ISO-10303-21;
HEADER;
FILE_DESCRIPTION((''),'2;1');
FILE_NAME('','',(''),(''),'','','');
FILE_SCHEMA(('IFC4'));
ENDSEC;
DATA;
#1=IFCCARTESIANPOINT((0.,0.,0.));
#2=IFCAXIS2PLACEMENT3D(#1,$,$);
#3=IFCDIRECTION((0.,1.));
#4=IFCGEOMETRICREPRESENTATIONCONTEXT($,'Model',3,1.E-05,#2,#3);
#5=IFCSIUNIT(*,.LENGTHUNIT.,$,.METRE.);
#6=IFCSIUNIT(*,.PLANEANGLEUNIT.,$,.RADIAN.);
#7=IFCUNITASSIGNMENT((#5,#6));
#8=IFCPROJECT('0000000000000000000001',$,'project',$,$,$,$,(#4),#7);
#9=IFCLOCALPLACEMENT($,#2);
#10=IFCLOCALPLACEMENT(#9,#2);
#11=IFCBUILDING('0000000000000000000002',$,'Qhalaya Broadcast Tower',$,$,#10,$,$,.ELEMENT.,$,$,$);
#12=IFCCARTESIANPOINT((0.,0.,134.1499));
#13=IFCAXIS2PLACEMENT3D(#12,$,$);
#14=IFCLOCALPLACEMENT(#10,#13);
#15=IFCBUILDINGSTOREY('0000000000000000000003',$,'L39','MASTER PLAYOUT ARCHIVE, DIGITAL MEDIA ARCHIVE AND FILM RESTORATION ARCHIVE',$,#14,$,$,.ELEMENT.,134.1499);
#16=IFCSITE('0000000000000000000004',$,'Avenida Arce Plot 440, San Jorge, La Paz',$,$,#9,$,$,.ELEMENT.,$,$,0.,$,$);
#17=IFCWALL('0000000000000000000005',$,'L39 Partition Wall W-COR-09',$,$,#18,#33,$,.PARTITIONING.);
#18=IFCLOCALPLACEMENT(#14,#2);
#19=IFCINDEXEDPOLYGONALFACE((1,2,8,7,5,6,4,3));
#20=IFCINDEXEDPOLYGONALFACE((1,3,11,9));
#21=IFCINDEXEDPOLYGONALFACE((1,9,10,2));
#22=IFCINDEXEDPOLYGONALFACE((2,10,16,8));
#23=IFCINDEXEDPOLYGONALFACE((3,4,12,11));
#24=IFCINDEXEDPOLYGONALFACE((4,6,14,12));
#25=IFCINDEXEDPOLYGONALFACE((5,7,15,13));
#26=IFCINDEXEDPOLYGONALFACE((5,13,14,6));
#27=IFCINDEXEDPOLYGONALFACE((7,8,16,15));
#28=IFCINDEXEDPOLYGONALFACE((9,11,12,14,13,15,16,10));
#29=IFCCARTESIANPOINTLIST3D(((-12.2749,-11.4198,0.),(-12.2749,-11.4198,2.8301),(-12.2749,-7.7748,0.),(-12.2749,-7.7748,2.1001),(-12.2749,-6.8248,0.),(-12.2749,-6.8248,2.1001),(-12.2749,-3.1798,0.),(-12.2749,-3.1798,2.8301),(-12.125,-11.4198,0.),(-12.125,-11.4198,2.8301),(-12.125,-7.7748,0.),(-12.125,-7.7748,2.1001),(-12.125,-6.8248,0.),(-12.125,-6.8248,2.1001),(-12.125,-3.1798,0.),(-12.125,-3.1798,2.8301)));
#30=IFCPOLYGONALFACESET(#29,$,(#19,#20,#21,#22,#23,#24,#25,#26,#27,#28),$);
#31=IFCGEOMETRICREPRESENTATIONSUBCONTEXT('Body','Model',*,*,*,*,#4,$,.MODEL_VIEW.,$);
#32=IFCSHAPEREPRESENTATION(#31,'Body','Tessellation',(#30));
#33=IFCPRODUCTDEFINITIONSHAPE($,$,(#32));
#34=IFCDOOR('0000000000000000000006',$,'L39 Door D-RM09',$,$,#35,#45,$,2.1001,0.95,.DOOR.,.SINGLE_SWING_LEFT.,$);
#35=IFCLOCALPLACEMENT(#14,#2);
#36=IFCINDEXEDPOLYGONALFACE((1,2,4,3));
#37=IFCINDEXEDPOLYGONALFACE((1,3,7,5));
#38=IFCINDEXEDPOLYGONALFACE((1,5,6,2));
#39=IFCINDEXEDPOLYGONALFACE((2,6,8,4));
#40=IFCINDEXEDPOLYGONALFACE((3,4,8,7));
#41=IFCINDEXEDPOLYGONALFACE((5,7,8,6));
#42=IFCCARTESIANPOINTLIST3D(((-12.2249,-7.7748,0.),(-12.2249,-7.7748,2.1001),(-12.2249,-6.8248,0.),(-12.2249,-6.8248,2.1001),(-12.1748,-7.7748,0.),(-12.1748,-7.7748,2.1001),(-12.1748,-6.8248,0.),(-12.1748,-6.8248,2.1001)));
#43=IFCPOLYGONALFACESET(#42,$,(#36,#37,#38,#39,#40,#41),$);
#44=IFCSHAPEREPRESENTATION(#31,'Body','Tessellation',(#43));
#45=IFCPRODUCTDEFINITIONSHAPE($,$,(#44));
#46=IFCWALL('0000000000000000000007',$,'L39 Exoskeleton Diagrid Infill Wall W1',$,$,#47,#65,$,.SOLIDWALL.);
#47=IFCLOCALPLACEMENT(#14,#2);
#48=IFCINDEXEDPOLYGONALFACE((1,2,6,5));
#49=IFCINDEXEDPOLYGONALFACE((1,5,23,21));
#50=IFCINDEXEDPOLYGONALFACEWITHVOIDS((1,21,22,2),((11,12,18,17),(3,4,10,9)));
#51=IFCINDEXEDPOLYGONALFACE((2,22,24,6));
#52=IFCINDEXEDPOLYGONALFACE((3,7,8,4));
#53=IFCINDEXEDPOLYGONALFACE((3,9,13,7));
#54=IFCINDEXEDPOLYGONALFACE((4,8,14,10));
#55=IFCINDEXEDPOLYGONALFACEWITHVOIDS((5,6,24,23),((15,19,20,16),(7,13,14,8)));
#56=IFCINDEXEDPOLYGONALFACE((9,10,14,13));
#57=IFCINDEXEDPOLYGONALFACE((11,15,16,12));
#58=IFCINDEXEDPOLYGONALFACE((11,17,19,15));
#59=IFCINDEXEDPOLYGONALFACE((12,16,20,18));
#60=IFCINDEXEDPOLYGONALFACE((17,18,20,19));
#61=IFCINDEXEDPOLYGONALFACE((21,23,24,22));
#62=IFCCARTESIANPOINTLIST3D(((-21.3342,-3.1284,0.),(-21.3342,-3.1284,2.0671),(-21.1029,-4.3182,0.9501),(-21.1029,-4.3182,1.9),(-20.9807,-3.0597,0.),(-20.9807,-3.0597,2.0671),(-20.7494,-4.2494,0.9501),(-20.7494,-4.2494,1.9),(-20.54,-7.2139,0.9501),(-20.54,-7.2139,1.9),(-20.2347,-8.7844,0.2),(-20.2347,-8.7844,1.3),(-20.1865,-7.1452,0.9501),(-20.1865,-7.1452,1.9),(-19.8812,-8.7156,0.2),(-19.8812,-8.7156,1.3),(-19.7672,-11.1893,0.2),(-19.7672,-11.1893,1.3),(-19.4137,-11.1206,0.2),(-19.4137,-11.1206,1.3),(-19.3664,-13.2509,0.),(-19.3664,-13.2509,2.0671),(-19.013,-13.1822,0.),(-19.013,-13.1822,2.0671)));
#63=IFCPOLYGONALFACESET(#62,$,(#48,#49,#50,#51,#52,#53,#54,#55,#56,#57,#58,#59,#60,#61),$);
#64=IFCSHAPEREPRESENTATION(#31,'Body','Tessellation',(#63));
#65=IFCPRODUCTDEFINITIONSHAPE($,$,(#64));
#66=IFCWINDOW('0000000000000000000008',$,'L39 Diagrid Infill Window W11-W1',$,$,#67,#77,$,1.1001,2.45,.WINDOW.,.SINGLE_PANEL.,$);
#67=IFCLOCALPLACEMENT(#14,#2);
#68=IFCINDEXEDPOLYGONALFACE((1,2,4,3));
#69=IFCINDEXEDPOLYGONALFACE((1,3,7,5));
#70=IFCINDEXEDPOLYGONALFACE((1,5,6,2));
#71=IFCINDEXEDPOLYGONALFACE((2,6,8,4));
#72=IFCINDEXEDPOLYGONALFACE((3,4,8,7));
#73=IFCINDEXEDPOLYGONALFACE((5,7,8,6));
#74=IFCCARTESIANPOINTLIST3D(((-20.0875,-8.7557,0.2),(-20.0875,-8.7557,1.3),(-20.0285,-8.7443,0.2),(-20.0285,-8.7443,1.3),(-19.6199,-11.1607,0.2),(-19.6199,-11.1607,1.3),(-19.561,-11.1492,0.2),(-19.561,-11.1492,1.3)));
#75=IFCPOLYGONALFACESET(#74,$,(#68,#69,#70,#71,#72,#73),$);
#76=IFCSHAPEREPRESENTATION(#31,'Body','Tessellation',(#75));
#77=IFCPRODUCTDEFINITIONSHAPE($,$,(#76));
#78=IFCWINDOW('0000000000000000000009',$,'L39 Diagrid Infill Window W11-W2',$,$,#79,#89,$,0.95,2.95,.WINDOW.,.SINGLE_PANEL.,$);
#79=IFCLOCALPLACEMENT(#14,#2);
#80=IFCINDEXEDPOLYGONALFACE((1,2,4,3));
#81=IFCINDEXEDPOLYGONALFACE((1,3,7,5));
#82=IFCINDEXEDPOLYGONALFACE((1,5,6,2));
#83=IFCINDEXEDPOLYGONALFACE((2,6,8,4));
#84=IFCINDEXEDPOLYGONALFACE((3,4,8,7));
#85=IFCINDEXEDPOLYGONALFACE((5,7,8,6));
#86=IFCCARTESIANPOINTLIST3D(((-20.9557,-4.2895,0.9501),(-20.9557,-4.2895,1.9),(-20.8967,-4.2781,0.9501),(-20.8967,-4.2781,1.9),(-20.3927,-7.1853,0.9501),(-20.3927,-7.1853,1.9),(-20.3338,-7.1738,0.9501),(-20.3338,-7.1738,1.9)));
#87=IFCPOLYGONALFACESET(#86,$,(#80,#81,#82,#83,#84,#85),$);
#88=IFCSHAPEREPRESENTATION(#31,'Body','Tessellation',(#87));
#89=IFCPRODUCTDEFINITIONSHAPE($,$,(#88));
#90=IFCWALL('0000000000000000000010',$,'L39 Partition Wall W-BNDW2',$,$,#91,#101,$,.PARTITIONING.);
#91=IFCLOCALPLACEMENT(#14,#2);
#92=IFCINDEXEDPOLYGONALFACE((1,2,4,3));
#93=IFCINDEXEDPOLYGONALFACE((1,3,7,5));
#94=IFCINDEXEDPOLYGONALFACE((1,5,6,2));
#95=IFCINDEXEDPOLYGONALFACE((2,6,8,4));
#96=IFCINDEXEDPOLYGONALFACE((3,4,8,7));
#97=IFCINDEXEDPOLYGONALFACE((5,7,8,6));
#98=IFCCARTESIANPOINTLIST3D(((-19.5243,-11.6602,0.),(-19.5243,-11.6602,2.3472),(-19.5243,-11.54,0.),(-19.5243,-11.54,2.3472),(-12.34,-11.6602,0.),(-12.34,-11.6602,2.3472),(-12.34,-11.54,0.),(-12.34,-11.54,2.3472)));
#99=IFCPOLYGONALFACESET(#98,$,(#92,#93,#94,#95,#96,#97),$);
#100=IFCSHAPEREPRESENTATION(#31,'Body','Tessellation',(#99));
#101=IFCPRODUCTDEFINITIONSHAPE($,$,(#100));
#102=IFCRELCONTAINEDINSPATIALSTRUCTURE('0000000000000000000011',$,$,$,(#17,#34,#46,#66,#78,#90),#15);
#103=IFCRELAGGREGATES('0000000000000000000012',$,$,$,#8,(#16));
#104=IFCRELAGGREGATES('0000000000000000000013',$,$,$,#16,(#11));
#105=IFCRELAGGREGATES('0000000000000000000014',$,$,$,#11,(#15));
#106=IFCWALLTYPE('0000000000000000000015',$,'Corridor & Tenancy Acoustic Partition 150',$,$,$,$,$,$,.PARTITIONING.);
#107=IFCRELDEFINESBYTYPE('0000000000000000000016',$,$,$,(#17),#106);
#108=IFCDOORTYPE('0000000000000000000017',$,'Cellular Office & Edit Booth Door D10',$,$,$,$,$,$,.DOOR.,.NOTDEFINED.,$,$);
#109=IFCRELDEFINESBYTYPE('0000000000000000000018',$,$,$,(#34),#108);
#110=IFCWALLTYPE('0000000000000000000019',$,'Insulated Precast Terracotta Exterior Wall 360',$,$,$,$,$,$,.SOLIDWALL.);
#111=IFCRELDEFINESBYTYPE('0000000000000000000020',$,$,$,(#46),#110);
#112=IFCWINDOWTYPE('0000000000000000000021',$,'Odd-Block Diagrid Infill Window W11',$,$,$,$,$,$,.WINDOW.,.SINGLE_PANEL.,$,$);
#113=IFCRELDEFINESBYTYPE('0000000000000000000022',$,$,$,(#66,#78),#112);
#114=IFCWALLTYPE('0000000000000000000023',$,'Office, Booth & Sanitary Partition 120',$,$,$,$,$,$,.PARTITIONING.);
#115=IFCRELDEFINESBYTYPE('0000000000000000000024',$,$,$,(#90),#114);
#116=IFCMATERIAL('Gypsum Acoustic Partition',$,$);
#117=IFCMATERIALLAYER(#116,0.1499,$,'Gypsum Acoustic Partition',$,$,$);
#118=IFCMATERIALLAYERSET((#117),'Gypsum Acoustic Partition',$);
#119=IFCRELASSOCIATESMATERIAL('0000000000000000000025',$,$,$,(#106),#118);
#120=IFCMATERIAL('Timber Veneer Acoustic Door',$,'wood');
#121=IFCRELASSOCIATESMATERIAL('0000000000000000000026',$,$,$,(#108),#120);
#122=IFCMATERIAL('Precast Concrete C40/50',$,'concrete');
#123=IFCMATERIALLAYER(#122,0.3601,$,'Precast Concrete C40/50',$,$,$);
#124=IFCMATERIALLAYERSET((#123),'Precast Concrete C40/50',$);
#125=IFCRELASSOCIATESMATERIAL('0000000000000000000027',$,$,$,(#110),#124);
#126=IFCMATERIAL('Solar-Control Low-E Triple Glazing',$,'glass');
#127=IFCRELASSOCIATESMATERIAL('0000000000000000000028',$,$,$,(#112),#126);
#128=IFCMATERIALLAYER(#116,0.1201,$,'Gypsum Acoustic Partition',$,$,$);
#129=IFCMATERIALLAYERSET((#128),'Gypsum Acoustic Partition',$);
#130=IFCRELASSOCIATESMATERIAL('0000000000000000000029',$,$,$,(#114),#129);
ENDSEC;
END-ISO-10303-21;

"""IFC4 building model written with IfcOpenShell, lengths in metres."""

from ifc_helpers import new_model, si_unit, direction, frame, frame_2d, origin, place, context, subcontext, project, spatial, rectangle, extrude, material, layer, layer_set, type_object, element, fill, save


model = new_model("IFC4")

# Units and contexts
model_context = context("Model", 3, precision=1e-05, world=origin(), true_north=direction((0.0, 1.0)))
body_context = subcontext(model_context, "Body", "Model", "MODEL_VIEW")
ifc_project = project(units=[si_unit("LENGTHUNIT", "METRE"), si_unit("PLANEANGLEUNIT", "RADIAN")], contexts=[model_context])

# Site, building, storey
site_placement = place(None, origin())
site = spatial("IfcSite", under=ifc_project, at=site_placement, Name="Avenida Arce Plot 440, San Jorge, La Paz", CompositionType="ELEMENT", RefElevation=0.0)
building_placement = place(site_placement, origin())
building = spatial("IfcBuilding", under=site, at=building_placement, Name="Qhalaya Broadcast Tower", CompositionType="ELEMENT")
storey_placement = place(building_placement, frame((0.0, 0.0, 134.1499)))
storey = spatial("IfcBuildingStorey", under=building, at=storey_placement, Name="L39", Description="MASTER PLAYOUT ARCHIVE, DIGITAL MEDIA ARCHIVE AND FILM RESTORATION ARCHIVE", CompositionType="ELEMENT", Elevation=134.1499)

# Wall, opening, door
ifc_material_1 = material(Name="Gypsum Acoustic Partition")
ifc_layer_1 = layer(ifc_material_1, 0.1499, Name="Gypsum Acoustic Partition")
ifc_layer_set_1 = layer_set([ifc_layer_1], Name="Gypsum Acoustic Partition")
wall_type_1 = type_object("IfcWallType", Name="Corridor & Tenancy Acoustic Partition 150", PredefinedType="PARTITIONING", material=ifc_layer_set_1)
ifc_material_2 = material(Name="Timber Veneer Acoustic Door", Category="wood")
door_type = type_object("IfcDoorType", Name="Cellular Office & Edit Booth Door D10", OperationType="NOTDEFINED", PredefinedType="DOOR", material=ifc_material_2)
wall_1_placement = place(storey_placement, frame((-12.2, -11.4199, 0.0), z_axis=(0.0, 0.0, 1.0), x_axis=(0.0, 1.0, 0.0)))
wall_1 = element("IfcWall", 1, at=wall_1_placement, inside=storey, type_object=wall_type_1, Name="L39 Partition Wall W-COR-09", PredefinedType="PARTITIONING", context=body_context, shape_type="SweptSolid", body=[
    extrude(rectangle(XDim=8.24, YDim=0.1499, at=frame_2d((4.1201, 0.0))), origin(), (0.0, 0.0, 1.0), 2.8301),
])
opening_1_placement = place(wall_1_placement, frame((3.645, 0.0, 0.0)))
opening_1 = element("IfcOpeningElement", 2, at=opening_1_placement, cuts=wall_1, PredefinedType="OPENING", context=body_context, shape_type="SweptSolid", body=[
    extrude(rectangle(XDim=0.95, YDim=2.1001, at=frame_2d((0.4751, 1.05))), frame((0.0, 0.0869, 0.0), z_axis=(0.0, -1.0, 0.0), x_axis=(1.0, 0.0, 0.0)), (0.0, 0.0, 1.0), 0.1738),
])
door_1_placement = place(opening_1_placement, origin())
door_1 = element("IfcDoor", 3, at=door_1_placement, inside=storey, type_object=door_type, Name="L39 Door D-RM09", OperationType="SINGLE_SWING_LEFT", OverallHeight=2.1001, OverallWidth=0.95, PredefinedType="DOOR", context=body_context, shape_type="SweptSolid", body=[
    extrude(rectangle(XDim=0.95, YDim=2.1001, at=frame_2d((0.4751, 1.05))), frame((0.0, 0.0249, 0.0), z_axis=(0.0, -1.0, 0.0), x_axis=(1.0, 0.0, 0.0)), (0.0, 0.0, 1.0), 0.05),
])
fill(opening_1, door_1)

# Wall, openings, windows
ifc_material_3 = material(Name="Precast Concrete C40/50", Category="concrete")
ifc_layer_2 = layer(ifc_material_3, 0.3601, Name="Precast Concrete C40/50")
ifc_layer_set_2 = layer_set([ifc_layer_2], Name="Precast Concrete C40/50")
wall_type_2 = type_object("IfcWallType", Name="Insulated Precast Terracotta Exterior Wall 360", PredefinedType="SOLIDWALL", material=ifc_layer_set_2)
wall_2_placement = place(storey_placement, frame((-19.1897, -13.2166, 0.0), z_axis=(0.0, 0.0, 1.0), x_axis=(-0.190823, 0.981625, 0.0)))
wall_2 = element("IfcWall", 4, at=wall_2_placement, inside=storey, type_object=wall_type_2, Name="L39 Exoskeleton Diagrid Infill Wall W1", PredefinedType="SOLIDWALL", context=body_context, shape_type="SweptSolid", body=[
    extrude(rectangle(XDim=10.312, YDim=0.3601, at=frame_2d((5.156, 0.0))), origin(), (0.0, 0.0, 1.0), 2.0671),
])
opening_2_placement = place(wall_2_placement, frame((2.1001, 0.0, 0.2)))
opening_2 = element("IfcOpeningElement", 5, at=opening_2_placement, cuts=wall_2, PredefinedType="OPENING", context=body_context, shape_type="SweptSolid", body=[
    extrude(rectangle(XDim=2.45, YDim=1.1001, at=frame_2d((1.2251, 0.55))), frame((0.0, 0.1921, 0.0), z_axis=(0.0, -1.0, 0.0), x_axis=(1.0, 0.0, 0.0)), (0.0, 0.0, 1.0), 0.384),
])
opening_3_placement = place(wall_2_placement, frame((6.1499, 0.0, 0.95)))
opening_3 = element("IfcOpeningElement", 6, at=opening_3_placement, cuts=wall_2, PredefinedType="OPENING", context=body_context, shape_type="SweptSolid", body=[
    extrude(rectangle(XDim=2.95, YDim=0.95, at=frame_2d((1.4751, 0.4751))), frame((0.0, 0.1921, 0.0), z_axis=(0.0, -1.0, 0.0), x_axis=(1.0, 0.0, 0.0)), (0.0, 0.0, 1.0), 0.384),
])
ifc_material_4 = material(Name="Solar-Control Low-E Triple Glazing", Category="glass")
window_type = type_object("IfcWindowType", Name="Odd-Block Diagrid Infill Window W11", PartitioningType="SINGLE_PANEL", PredefinedType="WINDOW", material=ifc_material_4)
window_1_placement = place(opening_2_placement, origin())
window_1 = element("IfcWindow", 7, at=window_1_placement, inside=storey, type_object=window_type, Name="L39 Diagrid Infill Window W11-W1", OverallHeight=1.1001, OverallWidth=2.45, PartitioningType="SINGLE_PANEL", PredefinedType="WINDOW", context=body_context, shape_type="SweptSolid", body=[
    extrude(rectangle(XDim=2.45, YDim=1.1001, at=frame_2d((1.2251, 0.55))), frame((0.0, 0.03, 0.0), z_axis=(0.0, -1.0, 0.0), x_axis=(1.0, 0.0, 0.0)), (0.0, 0.0, 1.0), 0.0601),
])
fill(opening_2, window_1)
window_2_placement = place(opening_3_placement, origin())
window_2 = element("IfcWindow", 8, at=window_2_placement, inside=storey, type_object=window_type, Name="L39 Diagrid Infill Window W11-W2", OverallHeight=0.95, OverallWidth=2.95, PartitioningType="SINGLE_PANEL", PredefinedType="WINDOW", context=body_context, shape_type="SweptSolid", body=[
    extrude(rectangle(XDim=2.95, YDim=0.95, at=frame_2d((1.4751, 0.4751))), frame((0.0, 0.03, 0.0), z_axis=(0.0, -1.0, 0.0), x_axis=(1.0, 0.0, 0.0)), (0.0, 0.0, 1.0), 0.0601),
])
fill(opening_3, window_2)

# Wall
ifc_layer_3 = layer(ifc_material_1, 0.1201, Name="Gypsum Acoustic Partition")
ifc_layer_set_3 = layer_set([ifc_layer_3], Name="Gypsum Acoustic Partition")
wall_type_3 = type_object("IfcWallType", Name="Office, Booth & Sanitary Partition 120", PredefinedType="PARTITIONING", material=ifc_layer_set_3)
wall_3_placement = place(storey_placement, frame((-19.5244, -11.6001, 0.0), z_axis=(0.0, 0.0, 1.0), x_axis=(1.0, 0.0, 0.0)))
element("IfcWall", 9, at=wall_3_placement, inside=storey, type_object=wall_type_3, Name="L39 Partition Wall W-BNDW2", PredefinedType="PARTITIONING", context=body_context, shape_type="SweptSolid", body=[
    extrude(rectangle(XDim=7.1843, YDim=0.1201, at=frame_2d((3.5923, 0.0))), origin(), (0.0, 0.0, 1.0), 2.3472),
])

save(model, "model.ifc")
